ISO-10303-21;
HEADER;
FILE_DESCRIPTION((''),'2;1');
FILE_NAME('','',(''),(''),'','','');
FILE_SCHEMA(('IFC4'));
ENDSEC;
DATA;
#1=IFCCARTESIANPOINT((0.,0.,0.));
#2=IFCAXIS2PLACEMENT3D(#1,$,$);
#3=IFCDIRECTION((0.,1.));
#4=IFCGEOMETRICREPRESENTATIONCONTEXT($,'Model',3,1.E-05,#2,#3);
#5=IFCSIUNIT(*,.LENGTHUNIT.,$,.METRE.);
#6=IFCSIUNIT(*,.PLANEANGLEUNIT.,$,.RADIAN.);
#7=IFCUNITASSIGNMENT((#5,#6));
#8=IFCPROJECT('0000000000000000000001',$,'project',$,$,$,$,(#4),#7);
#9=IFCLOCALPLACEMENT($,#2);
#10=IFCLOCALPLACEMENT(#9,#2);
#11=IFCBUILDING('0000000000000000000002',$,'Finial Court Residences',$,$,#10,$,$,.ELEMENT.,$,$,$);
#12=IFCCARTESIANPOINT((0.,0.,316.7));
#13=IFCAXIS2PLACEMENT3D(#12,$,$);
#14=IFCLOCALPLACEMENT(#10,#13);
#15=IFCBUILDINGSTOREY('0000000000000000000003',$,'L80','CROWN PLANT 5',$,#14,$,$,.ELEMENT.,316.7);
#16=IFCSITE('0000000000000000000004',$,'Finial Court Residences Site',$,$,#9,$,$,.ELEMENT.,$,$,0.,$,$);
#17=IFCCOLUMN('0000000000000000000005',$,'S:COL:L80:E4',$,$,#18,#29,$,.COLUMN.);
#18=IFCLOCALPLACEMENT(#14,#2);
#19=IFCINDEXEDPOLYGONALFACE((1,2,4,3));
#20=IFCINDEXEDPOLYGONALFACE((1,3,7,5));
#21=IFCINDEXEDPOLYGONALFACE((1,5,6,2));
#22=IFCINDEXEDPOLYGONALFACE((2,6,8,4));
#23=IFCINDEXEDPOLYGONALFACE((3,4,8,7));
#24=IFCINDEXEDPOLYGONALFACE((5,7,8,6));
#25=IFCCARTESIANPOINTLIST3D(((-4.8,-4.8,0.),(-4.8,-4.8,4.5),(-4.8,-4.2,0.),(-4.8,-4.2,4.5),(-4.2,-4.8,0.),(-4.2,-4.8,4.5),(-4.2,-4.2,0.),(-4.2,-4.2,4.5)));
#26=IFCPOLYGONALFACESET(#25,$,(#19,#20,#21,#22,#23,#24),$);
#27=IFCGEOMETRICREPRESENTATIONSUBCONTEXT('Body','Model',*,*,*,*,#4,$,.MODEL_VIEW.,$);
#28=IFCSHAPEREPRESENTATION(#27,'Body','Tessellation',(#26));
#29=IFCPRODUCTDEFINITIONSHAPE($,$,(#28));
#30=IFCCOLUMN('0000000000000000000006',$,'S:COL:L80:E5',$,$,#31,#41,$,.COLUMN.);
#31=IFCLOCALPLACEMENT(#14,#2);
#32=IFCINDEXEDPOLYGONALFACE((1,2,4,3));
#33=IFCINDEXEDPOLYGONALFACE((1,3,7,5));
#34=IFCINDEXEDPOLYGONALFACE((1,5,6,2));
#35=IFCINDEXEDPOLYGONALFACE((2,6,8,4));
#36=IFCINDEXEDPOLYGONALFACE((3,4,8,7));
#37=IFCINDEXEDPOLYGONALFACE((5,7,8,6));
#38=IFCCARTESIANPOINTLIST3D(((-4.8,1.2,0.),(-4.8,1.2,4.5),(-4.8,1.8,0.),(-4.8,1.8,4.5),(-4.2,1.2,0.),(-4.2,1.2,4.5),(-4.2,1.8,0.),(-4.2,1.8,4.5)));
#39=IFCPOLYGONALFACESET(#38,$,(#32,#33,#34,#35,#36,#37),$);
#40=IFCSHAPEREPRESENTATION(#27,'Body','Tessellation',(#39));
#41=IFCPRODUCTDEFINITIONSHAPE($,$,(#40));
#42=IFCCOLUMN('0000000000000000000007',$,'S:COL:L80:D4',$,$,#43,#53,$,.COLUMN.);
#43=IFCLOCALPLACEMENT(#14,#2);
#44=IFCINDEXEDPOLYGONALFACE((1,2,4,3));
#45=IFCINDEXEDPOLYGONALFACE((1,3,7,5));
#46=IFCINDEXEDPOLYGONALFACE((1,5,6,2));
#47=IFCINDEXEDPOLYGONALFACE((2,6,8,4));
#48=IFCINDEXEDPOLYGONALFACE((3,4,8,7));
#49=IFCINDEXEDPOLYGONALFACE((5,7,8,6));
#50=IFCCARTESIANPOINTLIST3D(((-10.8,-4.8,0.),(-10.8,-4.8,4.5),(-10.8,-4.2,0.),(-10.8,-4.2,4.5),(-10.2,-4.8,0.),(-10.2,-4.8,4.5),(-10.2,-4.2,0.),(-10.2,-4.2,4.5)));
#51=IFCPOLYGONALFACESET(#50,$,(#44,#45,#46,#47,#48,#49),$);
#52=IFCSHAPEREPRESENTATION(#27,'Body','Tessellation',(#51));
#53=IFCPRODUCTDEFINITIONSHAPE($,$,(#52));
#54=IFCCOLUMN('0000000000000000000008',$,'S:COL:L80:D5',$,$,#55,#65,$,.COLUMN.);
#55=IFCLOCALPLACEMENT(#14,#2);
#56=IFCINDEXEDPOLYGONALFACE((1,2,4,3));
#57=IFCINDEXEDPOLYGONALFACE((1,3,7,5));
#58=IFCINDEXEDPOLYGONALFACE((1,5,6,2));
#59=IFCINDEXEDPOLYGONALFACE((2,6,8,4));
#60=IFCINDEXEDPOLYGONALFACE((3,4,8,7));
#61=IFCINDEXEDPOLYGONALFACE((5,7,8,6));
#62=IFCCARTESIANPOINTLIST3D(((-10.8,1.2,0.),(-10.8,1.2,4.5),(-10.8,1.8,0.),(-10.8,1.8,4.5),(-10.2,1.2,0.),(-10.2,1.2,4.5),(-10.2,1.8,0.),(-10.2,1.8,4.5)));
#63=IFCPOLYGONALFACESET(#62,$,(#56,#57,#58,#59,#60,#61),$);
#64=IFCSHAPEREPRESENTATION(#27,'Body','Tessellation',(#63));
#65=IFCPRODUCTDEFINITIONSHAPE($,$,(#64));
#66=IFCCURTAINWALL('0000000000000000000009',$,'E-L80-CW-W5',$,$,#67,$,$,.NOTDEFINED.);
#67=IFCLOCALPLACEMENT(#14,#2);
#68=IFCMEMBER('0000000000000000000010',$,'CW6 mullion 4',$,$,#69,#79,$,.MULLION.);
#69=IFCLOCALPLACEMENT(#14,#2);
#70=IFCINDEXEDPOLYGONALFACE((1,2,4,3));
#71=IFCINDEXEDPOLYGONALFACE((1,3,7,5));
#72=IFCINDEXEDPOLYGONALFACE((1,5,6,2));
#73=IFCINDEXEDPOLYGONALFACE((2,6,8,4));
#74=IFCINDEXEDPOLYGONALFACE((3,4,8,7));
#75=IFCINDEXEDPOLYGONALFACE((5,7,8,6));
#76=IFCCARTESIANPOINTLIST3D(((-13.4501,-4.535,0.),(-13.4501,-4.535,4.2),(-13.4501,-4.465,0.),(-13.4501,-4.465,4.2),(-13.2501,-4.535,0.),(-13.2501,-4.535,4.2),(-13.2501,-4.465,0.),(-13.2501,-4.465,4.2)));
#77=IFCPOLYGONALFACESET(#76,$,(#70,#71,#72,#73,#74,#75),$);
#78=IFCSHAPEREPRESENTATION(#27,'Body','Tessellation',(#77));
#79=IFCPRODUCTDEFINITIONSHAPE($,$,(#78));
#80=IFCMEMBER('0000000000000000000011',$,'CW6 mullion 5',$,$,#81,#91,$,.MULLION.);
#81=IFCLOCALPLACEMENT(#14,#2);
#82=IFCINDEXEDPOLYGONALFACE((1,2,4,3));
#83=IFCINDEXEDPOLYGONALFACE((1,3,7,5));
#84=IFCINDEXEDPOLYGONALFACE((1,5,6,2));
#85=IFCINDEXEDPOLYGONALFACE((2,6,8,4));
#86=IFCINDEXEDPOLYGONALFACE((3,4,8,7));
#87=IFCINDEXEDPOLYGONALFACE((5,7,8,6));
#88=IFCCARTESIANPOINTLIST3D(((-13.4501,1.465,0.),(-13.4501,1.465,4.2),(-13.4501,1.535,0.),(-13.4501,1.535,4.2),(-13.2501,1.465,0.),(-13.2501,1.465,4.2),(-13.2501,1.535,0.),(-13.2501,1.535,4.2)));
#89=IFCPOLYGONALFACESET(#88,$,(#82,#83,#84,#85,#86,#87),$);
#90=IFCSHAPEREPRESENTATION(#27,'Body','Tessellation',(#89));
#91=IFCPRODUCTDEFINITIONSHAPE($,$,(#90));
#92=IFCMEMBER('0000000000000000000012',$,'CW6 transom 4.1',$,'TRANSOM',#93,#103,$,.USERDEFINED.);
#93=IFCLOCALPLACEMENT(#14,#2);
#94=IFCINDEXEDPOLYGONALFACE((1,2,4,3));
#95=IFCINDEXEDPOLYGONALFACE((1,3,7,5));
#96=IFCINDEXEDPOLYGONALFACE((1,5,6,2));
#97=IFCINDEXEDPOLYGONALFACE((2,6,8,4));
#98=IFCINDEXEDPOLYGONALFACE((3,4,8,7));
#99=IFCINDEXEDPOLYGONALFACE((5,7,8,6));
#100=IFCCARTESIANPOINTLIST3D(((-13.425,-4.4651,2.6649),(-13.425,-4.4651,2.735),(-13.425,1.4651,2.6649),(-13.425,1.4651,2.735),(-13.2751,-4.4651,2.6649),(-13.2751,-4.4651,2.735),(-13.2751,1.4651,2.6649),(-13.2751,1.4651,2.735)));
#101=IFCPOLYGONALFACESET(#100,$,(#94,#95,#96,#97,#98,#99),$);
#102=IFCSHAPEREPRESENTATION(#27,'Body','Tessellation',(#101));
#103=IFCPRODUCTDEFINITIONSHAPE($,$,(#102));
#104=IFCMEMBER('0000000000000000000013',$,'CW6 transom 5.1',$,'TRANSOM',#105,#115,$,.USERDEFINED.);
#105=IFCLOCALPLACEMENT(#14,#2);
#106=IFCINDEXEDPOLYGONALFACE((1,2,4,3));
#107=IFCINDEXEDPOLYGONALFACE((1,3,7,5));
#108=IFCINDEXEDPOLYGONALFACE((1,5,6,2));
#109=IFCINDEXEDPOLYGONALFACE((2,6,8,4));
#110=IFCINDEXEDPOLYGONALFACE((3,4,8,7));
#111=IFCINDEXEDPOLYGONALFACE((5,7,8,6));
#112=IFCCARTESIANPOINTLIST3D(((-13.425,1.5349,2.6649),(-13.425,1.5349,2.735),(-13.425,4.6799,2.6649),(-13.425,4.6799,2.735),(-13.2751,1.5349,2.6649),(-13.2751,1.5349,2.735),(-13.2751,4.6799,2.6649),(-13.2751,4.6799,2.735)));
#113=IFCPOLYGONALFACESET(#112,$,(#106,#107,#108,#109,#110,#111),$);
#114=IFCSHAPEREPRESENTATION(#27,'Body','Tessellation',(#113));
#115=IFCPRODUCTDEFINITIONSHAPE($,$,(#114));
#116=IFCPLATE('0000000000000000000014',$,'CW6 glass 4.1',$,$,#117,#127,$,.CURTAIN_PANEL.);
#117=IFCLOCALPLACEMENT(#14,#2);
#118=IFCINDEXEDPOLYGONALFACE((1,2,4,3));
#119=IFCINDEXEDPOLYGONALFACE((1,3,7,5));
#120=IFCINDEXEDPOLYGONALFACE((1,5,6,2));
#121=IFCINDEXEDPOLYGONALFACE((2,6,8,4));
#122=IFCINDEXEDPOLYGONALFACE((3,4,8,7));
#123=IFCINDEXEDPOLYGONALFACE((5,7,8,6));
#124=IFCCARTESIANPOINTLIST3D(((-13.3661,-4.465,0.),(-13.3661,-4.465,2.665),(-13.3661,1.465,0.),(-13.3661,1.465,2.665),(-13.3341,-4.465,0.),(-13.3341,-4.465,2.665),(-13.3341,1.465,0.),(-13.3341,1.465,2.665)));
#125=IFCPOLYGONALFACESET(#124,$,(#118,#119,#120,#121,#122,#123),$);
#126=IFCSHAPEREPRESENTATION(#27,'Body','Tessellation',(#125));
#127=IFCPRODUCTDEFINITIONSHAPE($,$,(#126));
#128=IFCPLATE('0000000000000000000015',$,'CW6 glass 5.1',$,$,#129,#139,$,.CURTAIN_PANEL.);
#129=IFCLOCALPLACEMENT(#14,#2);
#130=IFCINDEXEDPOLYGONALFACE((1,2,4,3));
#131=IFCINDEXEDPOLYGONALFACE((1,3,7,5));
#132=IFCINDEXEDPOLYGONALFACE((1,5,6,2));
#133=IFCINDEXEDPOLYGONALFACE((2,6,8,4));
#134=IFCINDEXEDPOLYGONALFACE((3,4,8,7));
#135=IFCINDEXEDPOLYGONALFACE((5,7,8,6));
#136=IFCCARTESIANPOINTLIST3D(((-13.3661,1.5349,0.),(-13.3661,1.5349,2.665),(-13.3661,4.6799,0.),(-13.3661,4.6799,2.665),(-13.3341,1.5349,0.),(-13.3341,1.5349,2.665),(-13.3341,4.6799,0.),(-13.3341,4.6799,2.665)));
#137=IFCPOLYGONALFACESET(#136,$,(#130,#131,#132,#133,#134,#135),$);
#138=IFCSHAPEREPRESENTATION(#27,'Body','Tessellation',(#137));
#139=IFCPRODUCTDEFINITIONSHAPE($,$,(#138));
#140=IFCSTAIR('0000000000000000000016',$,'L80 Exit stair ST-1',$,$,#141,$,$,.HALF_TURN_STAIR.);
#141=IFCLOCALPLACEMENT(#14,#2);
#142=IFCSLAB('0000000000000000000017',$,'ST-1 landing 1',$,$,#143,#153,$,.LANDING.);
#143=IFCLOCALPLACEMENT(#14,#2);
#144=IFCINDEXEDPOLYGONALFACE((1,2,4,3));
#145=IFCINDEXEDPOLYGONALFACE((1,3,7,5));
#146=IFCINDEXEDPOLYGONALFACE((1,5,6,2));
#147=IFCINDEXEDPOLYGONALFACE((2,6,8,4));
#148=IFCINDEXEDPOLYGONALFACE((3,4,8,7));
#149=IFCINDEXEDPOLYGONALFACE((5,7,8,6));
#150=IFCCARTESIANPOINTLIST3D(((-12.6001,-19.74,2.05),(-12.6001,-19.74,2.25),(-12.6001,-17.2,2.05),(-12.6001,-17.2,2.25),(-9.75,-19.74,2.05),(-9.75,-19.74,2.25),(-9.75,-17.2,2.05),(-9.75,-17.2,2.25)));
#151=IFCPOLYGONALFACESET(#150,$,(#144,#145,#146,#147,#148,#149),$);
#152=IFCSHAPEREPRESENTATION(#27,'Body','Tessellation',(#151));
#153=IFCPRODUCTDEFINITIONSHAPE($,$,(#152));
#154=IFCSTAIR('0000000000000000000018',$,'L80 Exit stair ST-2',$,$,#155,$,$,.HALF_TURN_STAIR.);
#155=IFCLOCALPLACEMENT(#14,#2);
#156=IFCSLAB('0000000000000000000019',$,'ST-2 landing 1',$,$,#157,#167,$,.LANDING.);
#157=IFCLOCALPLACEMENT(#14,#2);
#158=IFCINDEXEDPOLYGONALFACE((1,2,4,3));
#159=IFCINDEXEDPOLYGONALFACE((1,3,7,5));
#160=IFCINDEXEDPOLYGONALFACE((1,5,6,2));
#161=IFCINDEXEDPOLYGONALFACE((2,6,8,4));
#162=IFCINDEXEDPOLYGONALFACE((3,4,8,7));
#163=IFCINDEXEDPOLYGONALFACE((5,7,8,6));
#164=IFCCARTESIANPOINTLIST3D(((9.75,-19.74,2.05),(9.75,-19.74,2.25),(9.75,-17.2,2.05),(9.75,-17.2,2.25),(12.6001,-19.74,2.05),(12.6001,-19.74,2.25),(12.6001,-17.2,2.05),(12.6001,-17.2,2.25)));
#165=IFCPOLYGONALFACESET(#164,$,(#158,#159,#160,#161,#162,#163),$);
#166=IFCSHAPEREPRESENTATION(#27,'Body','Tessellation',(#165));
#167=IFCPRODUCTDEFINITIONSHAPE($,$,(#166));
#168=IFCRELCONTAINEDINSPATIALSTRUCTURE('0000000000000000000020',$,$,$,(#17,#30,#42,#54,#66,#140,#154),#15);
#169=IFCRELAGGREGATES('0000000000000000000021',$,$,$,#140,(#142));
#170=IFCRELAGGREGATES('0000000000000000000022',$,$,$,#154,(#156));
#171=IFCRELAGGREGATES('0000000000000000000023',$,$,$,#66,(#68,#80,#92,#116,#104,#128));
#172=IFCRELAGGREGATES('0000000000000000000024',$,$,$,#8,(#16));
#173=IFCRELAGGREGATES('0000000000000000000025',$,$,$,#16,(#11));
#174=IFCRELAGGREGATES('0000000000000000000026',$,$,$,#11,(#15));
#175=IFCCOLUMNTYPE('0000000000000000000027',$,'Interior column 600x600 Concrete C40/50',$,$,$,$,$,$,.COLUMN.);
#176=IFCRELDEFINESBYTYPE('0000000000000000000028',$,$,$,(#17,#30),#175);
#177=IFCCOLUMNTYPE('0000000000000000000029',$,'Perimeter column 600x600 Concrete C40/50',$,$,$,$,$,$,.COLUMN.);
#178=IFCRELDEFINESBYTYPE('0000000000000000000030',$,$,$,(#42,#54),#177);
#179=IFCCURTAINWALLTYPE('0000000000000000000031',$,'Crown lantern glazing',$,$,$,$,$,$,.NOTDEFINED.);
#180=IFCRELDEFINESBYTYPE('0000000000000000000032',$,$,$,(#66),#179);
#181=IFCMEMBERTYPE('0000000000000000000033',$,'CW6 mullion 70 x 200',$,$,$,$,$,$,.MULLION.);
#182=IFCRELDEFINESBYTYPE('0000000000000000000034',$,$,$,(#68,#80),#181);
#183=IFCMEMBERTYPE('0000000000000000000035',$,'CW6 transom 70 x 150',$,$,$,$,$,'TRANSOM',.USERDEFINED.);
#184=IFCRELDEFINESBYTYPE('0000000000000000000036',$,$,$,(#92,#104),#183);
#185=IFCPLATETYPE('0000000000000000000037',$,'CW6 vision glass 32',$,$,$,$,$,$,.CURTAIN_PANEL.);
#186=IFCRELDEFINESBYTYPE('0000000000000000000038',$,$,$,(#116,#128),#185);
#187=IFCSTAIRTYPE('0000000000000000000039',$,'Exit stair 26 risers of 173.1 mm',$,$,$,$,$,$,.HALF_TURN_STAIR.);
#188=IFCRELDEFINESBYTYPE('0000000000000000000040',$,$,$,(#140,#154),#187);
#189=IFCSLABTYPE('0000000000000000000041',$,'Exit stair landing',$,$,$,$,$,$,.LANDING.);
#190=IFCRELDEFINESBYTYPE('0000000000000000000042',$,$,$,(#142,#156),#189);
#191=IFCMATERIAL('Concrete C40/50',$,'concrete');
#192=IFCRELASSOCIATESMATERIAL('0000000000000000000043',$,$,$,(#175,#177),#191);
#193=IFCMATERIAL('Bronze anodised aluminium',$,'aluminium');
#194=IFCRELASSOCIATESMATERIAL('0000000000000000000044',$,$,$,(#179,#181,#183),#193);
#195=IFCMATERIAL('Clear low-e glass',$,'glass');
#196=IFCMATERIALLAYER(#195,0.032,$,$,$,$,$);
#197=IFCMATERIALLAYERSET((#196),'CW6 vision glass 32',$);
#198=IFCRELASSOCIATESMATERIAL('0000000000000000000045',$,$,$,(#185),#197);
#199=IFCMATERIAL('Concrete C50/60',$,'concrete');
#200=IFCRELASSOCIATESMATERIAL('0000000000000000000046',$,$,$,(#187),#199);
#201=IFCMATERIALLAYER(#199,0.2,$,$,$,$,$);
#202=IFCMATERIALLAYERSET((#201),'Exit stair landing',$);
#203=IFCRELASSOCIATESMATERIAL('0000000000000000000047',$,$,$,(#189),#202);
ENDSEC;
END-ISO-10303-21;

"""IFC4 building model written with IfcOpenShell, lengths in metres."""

from ifc_helpers import new_model, si_unit, direction, frame, origin, origin_2d, place, context, subcontext, project, spatial, polyline, rectangle, outline, extrude, material, layer, layer_set, material_profile, profile_set, type_object, element, aggregate, save


model = new_model("IFC4")

# Units and contexts
model_context = context("Model", 3, precision=1e-05, world=origin(), true_north=direction((0.0, 1.0)))
body_context = subcontext(model_context, "Body", "Model", "MODEL_VIEW")
ifc_project = project(units=[si_unit("LENGTHUNIT", "METRE"), si_unit("PLANEANGLEUNIT", "RADIAN")], contexts=[model_context])

# Site, building, storey
site_placement = place(None, origin())
site = spatial("IfcSite", under=ifc_project, at=site_placement, Name="Finial Court Residences Site", CompositionType="ELEMENT", RefElevation=0.0)
building_placement = place(site_placement, origin())
building = spatial("IfcBuilding", under=site, at=building_placement, Name="Finial Court Residences", CompositionType="ELEMENT")
storey_placement = place(building_placement, frame((0.0, 0.0, 316.7)))
storey = spatial("IfcBuildingStorey", under=building, at=storey_placement, Name="L80", Description="CROWN PLANT 5", CompositionType="ELEMENT", Elevation=316.7)

# Columns
ifc_material_1 = material(Name="Concrete C40/50", Category="concrete")
ifc_material_profile_1 = material_profile(ifc_material_1, rectangle(XDim=0.6001, YDim=0.6001, at=origin_2d()), Name="600x600")
ifc_profile_set_1 = profile_set([ifc_material_profile_1], Name="Concrete C40/50")
column_type_1 = type_object("IfcColumnType", Name="Interior column 600x600 Concrete C40/50", PredefinedType="COLUMN", material=ifc_profile_set_1)
for number, where, z_axis, x_axis, name in (
    (1, (-4.5, -4.5, 0.0), (0.0, 0.0, 1.0), (1.0, 0.0, 0.0), "S:COL:L80:E4"),
    (2, (-4.5, 1.5, 0.0), (0.0, 0.0, 1.0), (1.0, 0.0, 0.0), "S:COL:L80:E5"),
):
    element("IfcColumn", number, at=place(storey_placement, frame(where, z_axis=z_axis, x_axis=x_axis)), inside=storey, type_object=column_type_1, Name=name, PredefinedType="COLUMN", context=body_context, shape_type="SweptSolid", body=[
        extrude(rectangle(XDim=0.6001, YDim=0.6001, at=origin_2d()), origin(), (0.0, 0.0, 1.0), 4.5),
    ])
ifc_material_profile_2 = material_profile(ifc_material_1, rectangle(XDim=0.6001, YDim=0.6001, at=origin_2d()), Name="600x600")
ifc_profile_set_2 = profile_set([ifc_material_profile_2], Name="Concrete C40/50")
column_type_2 = type_object("IfcColumnType", Name="Perimeter column 600x600 Concrete C40/50", PredefinedType="COLUMN", material=ifc_profile_set_2)
for number, where, z_axis, x_axis, name in (
    (3, (-10.5, -4.5, 0.0), (0.0, 0.0, 1.0), (1.0, 0.0, 0.0), "S:COL:L80:D4"),
    (4, (-10.5, 1.5, 0.0), (0.0, 0.0, 1.0), (1.0, 0.0, 0.0), "S:COL:L80:D5"),
):
    element("IfcColumn", number, at=place(storey_placement, frame(where, z_axis=z_axis, x_axis=x_axis)), inside=storey, type_object=column_type_2, Name=name, PredefinedType="COLUMN", context=body_context, shape_type="SweptSolid", body=[
        extrude(rectangle(XDim=0.6001, YDim=0.6001, at=origin_2d()), origin(), (0.0, 0.0, 1.0), 4.5),
    ])

# Curtain wall, members, plates
ifc_material_2 = material(Name="Bronze anodised aluminium", Category="aluminium")
curtain_wall_type = type_object("IfcCurtainWallType", Name="Crown lantern glazing", PredefinedType="NOTDEFINED", material=ifc_material_2)
curtain_wall_placement = place(storey_placement, origin())
curtain_wall = element("IfcCurtainWall", 5, at=curtain_wall_placement, inside=storey, type_object=curtain_wall_type, Name="E-L80-CW-W5", PredefinedType="NOTDEFINED")
ifc_material_profile_3 = material_profile(ifc_material_2, rectangle(XDim=0.2, YDim=0.0701, at=origin_2d()), Name="CW6 mullion 70 x 200")
ifc_profile_set_3 = profile_set([ifc_material_profile_3], Name="Bronze anodised aluminium")
member_type_1 = type_object("IfcMemberType", Name="CW6 mullion 70 x 200", PredefinedType="MULLION", material=ifc_profile_set_3)
member_1_placement = place(storey_placement, frame((-13.3501, -4.5, 0.0), z_axis=(0.0, 0.0, 1.0), x_axis=(-1.0, 0.0, 0.0)))
member_1 = element("IfcMember", 6, at=member_1_placement, type_object=member_type_1, Name="CW6 mullion 4", PredefinedType="MULLION", context=body_context, shape_type="SweptSolid", body=[
    extrude(rectangle(XDim=0.2, YDim=0.0701, at=origin_2d()), origin(), (0.0, 0.0, 1.0), 4.2),
])
member_2_placement = place(storey_placement, frame((-13.3501, 1.5, 0.0), z_axis=(0.0, 0.0, 1.0), x_axis=(-1.0, 0.0, 0.0)))
member_2 = element("IfcMember", 7, at=member_2_placement, type_object=member_type_1, Name="CW6 mullion 5", PredefinedType="MULLION", context=body_context, shape_type="SweptSolid", body=[
    extrude(rectangle(XDim=0.2, YDim=0.0701, at=origin_2d()), origin(), (0.0, 0.0, 1.0), 4.2),
])
ifc_material_profile_4 = material_profile(ifc_material_2, rectangle(XDim=0.1499, YDim=0.0701, at=origin_2d()), Name="CW6 transom 70 x 150")
ifc_profile_set_4 = profile_set([ifc_material_profile_4], Name="Bronze anodised aluminium")
member_type_2 = type_object("IfcMemberType", Name="CW6 transom 70 x 150", ElementType="TRANSOM", PredefinedType="USERDEFINED", material=ifc_profile_set_4)
member_3_placement = place(storey_placement, frame((-13.3501, -4.4651, 2.7), z_axis=(0.0, 1.0, 0.0), x_axis=(-1.0, 0.0, 0.0)))
member_3 = element("IfcMember", 8, at=member_3_placement, type_object=member_type_2, Name="CW6 transom 4.1", ObjectType="TRANSOM", PredefinedType="USERDEFINED", context=body_context, shape_type="SweptSolid", body=[
    extrude(rectangle(XDim=0.1499, YDim=0.0701, at=origin_2d()), origin(), (0.0, 0.0, 1.0), 5.9302),
])
member_4_placement = place(storey_placement, frame((-13.3501, 1.5349, 2.7), z_axis=(0.0, 1.0, 0.0), x_axis=(-1.0, 0.0, 0.0)))
member_4 = element("IfcMember", 9, at=member_4_placement, type_object=member_type_2, Name="CW6 transom 5.1", ObjectType="TRANSOM", PredefinedType="USERDEFINED", context=body_context, shape_type="SweptSolid", body=[
    extrude(rectangle(XDim=0.1499, YDim=0.0701, at=origin_2d()), origin(), (0.0, 0.0, 1.0), 3.145),
])
ifc_material_3 = material(Name="Clear low-e glass", Category="glass")
ifc_layer_1 = layer(ifc_material_3, 0.032)
ifc_layer_set_1 = layer_set([ifc_layer_1], Name="CW6 vision glass 32")
plate_type = type_object("IfcPlateType", Name="CW6 vision glass 32", PredefinedType="CURTAIN_PANEL", material=ifc_layer_set_1)
plate_1_placement = place(storey_placement, frame((-13.3501, -1.5, 0.0), z_axis=(0.0, 0.0, 1.0), x_axis=(0.0, 1.0, 0.0)))
plate_1 = element("IfcPlate", 10, at=plate_1_placement, type_object=plate_type, Name="CW6 glass 4.1", PredefinedType="CURTAIN_PANEL", context=body_context, shape_type="SweptSolid", body=[
    extrude(rectangle(XDim=5.9299, YDim=0.032, at=origin_2d()), origin(), (0.0, 0.0, 1.0), 2.665),
])
plate_2_placement = place(storey_placement, frame((-13.3501, 3.1074, 0.0), z_axis=(0.0, 0.0, 1.0), x_axis=(0.0, 1.0, 0.0)))
plate_2 = element("IfcPlate", 11, at=plate_2_placement, type_object=plate_type, Name="CW6 glass 5.1", PredefinedType="CURTAIN_PANEL", context=body_context, shape_type="SweptSolid", body=[
    extrude(rectangle(XDim=3.145, YDim=0.032, at=origin_2d()), origin(), (0.0, 0.0, 1.0), 2.665),
])

# Stairs, slabs
ifc_material_4 = material(Name="Concrete C50/60", Category="concrete")
stair_type = type_object("IfcStairType", Name="Exit stair 26 risers of 173.1 mm", PredefinedType="HALF_TURN_STAIR", material=ifc_material_4)
stair_1_placement = place(storey_placement, origin())
stair_1 = element("IfcStair", 12, at=stair_1_placement, inside=storey, type_object=stair_type, Name="L80 Exit stair ST-1", PredefinedType="HALF_TURN_STAIR")
ifc_layer_2 = layer(ifc_material_4, 0.2)
ifc_layer_set_2 = layer_set([ifc_layer_2], Name="Exit stair landing")
slab_type_1 = type_object("IfcSlabType", Name="Exit stair landing", PredefinedType="LANDING", material=ifc_layer_set_2)
slab_1_placement = place(storey_placement, frame((0.0, 0.0, 2.05)))
slab_1 = element("IfcSlab", 13, at=slab_1_placement, type_object=slab_type_1, Name="ST-1 landing 1", PredefinedType="LANDING", context=body_context, shape_type="SweptSolid", body=[
    extrude(outline(polyline([(-9.75, -19.74), (-9.75, -17.2), (-12.6001, -17.2), (-12.6001, -19.74), (-9.75, -19.74)])), origin(), (0.0, 0.0, 1.0), 0.2),
])
aggregate(stair_1, [slab_1])
stair_2_placement = place(storey_placement, origin())
stair_2 = element("IfcStair", 14, at=stair_2_placement, inside=storey, type_object=stair_type, Name="L80 Exit stair ST-2", PredefinedType="HALF_TURN_STAIR")
slab_2_placement = place(storey_placement, frame((0.0, 0.0, 2.05)))
slab_2 = element("IfcSlab", 15, at=slab_2_placement, type_object=slab_type_1, Name="ST-2 landing 1", PredefinedType="LANDING", context=body_context, shape_type="SweptSolid", body=[
    extrude(outline(polyline([(12.6001, -19.74), (12.6001, -17.2), (9.75, -17.2), (9.75, -19.74), (12.6001, -19.74)])), origin(), (0.0, 0.0, 1.0), 0.2),
])
aggregate(stair_2, [slab_2])

aggregate(curtain_wall, [member_1, member_2, member_3, plate_1, member_4, plate_2])

save(model, "model.ifc")
